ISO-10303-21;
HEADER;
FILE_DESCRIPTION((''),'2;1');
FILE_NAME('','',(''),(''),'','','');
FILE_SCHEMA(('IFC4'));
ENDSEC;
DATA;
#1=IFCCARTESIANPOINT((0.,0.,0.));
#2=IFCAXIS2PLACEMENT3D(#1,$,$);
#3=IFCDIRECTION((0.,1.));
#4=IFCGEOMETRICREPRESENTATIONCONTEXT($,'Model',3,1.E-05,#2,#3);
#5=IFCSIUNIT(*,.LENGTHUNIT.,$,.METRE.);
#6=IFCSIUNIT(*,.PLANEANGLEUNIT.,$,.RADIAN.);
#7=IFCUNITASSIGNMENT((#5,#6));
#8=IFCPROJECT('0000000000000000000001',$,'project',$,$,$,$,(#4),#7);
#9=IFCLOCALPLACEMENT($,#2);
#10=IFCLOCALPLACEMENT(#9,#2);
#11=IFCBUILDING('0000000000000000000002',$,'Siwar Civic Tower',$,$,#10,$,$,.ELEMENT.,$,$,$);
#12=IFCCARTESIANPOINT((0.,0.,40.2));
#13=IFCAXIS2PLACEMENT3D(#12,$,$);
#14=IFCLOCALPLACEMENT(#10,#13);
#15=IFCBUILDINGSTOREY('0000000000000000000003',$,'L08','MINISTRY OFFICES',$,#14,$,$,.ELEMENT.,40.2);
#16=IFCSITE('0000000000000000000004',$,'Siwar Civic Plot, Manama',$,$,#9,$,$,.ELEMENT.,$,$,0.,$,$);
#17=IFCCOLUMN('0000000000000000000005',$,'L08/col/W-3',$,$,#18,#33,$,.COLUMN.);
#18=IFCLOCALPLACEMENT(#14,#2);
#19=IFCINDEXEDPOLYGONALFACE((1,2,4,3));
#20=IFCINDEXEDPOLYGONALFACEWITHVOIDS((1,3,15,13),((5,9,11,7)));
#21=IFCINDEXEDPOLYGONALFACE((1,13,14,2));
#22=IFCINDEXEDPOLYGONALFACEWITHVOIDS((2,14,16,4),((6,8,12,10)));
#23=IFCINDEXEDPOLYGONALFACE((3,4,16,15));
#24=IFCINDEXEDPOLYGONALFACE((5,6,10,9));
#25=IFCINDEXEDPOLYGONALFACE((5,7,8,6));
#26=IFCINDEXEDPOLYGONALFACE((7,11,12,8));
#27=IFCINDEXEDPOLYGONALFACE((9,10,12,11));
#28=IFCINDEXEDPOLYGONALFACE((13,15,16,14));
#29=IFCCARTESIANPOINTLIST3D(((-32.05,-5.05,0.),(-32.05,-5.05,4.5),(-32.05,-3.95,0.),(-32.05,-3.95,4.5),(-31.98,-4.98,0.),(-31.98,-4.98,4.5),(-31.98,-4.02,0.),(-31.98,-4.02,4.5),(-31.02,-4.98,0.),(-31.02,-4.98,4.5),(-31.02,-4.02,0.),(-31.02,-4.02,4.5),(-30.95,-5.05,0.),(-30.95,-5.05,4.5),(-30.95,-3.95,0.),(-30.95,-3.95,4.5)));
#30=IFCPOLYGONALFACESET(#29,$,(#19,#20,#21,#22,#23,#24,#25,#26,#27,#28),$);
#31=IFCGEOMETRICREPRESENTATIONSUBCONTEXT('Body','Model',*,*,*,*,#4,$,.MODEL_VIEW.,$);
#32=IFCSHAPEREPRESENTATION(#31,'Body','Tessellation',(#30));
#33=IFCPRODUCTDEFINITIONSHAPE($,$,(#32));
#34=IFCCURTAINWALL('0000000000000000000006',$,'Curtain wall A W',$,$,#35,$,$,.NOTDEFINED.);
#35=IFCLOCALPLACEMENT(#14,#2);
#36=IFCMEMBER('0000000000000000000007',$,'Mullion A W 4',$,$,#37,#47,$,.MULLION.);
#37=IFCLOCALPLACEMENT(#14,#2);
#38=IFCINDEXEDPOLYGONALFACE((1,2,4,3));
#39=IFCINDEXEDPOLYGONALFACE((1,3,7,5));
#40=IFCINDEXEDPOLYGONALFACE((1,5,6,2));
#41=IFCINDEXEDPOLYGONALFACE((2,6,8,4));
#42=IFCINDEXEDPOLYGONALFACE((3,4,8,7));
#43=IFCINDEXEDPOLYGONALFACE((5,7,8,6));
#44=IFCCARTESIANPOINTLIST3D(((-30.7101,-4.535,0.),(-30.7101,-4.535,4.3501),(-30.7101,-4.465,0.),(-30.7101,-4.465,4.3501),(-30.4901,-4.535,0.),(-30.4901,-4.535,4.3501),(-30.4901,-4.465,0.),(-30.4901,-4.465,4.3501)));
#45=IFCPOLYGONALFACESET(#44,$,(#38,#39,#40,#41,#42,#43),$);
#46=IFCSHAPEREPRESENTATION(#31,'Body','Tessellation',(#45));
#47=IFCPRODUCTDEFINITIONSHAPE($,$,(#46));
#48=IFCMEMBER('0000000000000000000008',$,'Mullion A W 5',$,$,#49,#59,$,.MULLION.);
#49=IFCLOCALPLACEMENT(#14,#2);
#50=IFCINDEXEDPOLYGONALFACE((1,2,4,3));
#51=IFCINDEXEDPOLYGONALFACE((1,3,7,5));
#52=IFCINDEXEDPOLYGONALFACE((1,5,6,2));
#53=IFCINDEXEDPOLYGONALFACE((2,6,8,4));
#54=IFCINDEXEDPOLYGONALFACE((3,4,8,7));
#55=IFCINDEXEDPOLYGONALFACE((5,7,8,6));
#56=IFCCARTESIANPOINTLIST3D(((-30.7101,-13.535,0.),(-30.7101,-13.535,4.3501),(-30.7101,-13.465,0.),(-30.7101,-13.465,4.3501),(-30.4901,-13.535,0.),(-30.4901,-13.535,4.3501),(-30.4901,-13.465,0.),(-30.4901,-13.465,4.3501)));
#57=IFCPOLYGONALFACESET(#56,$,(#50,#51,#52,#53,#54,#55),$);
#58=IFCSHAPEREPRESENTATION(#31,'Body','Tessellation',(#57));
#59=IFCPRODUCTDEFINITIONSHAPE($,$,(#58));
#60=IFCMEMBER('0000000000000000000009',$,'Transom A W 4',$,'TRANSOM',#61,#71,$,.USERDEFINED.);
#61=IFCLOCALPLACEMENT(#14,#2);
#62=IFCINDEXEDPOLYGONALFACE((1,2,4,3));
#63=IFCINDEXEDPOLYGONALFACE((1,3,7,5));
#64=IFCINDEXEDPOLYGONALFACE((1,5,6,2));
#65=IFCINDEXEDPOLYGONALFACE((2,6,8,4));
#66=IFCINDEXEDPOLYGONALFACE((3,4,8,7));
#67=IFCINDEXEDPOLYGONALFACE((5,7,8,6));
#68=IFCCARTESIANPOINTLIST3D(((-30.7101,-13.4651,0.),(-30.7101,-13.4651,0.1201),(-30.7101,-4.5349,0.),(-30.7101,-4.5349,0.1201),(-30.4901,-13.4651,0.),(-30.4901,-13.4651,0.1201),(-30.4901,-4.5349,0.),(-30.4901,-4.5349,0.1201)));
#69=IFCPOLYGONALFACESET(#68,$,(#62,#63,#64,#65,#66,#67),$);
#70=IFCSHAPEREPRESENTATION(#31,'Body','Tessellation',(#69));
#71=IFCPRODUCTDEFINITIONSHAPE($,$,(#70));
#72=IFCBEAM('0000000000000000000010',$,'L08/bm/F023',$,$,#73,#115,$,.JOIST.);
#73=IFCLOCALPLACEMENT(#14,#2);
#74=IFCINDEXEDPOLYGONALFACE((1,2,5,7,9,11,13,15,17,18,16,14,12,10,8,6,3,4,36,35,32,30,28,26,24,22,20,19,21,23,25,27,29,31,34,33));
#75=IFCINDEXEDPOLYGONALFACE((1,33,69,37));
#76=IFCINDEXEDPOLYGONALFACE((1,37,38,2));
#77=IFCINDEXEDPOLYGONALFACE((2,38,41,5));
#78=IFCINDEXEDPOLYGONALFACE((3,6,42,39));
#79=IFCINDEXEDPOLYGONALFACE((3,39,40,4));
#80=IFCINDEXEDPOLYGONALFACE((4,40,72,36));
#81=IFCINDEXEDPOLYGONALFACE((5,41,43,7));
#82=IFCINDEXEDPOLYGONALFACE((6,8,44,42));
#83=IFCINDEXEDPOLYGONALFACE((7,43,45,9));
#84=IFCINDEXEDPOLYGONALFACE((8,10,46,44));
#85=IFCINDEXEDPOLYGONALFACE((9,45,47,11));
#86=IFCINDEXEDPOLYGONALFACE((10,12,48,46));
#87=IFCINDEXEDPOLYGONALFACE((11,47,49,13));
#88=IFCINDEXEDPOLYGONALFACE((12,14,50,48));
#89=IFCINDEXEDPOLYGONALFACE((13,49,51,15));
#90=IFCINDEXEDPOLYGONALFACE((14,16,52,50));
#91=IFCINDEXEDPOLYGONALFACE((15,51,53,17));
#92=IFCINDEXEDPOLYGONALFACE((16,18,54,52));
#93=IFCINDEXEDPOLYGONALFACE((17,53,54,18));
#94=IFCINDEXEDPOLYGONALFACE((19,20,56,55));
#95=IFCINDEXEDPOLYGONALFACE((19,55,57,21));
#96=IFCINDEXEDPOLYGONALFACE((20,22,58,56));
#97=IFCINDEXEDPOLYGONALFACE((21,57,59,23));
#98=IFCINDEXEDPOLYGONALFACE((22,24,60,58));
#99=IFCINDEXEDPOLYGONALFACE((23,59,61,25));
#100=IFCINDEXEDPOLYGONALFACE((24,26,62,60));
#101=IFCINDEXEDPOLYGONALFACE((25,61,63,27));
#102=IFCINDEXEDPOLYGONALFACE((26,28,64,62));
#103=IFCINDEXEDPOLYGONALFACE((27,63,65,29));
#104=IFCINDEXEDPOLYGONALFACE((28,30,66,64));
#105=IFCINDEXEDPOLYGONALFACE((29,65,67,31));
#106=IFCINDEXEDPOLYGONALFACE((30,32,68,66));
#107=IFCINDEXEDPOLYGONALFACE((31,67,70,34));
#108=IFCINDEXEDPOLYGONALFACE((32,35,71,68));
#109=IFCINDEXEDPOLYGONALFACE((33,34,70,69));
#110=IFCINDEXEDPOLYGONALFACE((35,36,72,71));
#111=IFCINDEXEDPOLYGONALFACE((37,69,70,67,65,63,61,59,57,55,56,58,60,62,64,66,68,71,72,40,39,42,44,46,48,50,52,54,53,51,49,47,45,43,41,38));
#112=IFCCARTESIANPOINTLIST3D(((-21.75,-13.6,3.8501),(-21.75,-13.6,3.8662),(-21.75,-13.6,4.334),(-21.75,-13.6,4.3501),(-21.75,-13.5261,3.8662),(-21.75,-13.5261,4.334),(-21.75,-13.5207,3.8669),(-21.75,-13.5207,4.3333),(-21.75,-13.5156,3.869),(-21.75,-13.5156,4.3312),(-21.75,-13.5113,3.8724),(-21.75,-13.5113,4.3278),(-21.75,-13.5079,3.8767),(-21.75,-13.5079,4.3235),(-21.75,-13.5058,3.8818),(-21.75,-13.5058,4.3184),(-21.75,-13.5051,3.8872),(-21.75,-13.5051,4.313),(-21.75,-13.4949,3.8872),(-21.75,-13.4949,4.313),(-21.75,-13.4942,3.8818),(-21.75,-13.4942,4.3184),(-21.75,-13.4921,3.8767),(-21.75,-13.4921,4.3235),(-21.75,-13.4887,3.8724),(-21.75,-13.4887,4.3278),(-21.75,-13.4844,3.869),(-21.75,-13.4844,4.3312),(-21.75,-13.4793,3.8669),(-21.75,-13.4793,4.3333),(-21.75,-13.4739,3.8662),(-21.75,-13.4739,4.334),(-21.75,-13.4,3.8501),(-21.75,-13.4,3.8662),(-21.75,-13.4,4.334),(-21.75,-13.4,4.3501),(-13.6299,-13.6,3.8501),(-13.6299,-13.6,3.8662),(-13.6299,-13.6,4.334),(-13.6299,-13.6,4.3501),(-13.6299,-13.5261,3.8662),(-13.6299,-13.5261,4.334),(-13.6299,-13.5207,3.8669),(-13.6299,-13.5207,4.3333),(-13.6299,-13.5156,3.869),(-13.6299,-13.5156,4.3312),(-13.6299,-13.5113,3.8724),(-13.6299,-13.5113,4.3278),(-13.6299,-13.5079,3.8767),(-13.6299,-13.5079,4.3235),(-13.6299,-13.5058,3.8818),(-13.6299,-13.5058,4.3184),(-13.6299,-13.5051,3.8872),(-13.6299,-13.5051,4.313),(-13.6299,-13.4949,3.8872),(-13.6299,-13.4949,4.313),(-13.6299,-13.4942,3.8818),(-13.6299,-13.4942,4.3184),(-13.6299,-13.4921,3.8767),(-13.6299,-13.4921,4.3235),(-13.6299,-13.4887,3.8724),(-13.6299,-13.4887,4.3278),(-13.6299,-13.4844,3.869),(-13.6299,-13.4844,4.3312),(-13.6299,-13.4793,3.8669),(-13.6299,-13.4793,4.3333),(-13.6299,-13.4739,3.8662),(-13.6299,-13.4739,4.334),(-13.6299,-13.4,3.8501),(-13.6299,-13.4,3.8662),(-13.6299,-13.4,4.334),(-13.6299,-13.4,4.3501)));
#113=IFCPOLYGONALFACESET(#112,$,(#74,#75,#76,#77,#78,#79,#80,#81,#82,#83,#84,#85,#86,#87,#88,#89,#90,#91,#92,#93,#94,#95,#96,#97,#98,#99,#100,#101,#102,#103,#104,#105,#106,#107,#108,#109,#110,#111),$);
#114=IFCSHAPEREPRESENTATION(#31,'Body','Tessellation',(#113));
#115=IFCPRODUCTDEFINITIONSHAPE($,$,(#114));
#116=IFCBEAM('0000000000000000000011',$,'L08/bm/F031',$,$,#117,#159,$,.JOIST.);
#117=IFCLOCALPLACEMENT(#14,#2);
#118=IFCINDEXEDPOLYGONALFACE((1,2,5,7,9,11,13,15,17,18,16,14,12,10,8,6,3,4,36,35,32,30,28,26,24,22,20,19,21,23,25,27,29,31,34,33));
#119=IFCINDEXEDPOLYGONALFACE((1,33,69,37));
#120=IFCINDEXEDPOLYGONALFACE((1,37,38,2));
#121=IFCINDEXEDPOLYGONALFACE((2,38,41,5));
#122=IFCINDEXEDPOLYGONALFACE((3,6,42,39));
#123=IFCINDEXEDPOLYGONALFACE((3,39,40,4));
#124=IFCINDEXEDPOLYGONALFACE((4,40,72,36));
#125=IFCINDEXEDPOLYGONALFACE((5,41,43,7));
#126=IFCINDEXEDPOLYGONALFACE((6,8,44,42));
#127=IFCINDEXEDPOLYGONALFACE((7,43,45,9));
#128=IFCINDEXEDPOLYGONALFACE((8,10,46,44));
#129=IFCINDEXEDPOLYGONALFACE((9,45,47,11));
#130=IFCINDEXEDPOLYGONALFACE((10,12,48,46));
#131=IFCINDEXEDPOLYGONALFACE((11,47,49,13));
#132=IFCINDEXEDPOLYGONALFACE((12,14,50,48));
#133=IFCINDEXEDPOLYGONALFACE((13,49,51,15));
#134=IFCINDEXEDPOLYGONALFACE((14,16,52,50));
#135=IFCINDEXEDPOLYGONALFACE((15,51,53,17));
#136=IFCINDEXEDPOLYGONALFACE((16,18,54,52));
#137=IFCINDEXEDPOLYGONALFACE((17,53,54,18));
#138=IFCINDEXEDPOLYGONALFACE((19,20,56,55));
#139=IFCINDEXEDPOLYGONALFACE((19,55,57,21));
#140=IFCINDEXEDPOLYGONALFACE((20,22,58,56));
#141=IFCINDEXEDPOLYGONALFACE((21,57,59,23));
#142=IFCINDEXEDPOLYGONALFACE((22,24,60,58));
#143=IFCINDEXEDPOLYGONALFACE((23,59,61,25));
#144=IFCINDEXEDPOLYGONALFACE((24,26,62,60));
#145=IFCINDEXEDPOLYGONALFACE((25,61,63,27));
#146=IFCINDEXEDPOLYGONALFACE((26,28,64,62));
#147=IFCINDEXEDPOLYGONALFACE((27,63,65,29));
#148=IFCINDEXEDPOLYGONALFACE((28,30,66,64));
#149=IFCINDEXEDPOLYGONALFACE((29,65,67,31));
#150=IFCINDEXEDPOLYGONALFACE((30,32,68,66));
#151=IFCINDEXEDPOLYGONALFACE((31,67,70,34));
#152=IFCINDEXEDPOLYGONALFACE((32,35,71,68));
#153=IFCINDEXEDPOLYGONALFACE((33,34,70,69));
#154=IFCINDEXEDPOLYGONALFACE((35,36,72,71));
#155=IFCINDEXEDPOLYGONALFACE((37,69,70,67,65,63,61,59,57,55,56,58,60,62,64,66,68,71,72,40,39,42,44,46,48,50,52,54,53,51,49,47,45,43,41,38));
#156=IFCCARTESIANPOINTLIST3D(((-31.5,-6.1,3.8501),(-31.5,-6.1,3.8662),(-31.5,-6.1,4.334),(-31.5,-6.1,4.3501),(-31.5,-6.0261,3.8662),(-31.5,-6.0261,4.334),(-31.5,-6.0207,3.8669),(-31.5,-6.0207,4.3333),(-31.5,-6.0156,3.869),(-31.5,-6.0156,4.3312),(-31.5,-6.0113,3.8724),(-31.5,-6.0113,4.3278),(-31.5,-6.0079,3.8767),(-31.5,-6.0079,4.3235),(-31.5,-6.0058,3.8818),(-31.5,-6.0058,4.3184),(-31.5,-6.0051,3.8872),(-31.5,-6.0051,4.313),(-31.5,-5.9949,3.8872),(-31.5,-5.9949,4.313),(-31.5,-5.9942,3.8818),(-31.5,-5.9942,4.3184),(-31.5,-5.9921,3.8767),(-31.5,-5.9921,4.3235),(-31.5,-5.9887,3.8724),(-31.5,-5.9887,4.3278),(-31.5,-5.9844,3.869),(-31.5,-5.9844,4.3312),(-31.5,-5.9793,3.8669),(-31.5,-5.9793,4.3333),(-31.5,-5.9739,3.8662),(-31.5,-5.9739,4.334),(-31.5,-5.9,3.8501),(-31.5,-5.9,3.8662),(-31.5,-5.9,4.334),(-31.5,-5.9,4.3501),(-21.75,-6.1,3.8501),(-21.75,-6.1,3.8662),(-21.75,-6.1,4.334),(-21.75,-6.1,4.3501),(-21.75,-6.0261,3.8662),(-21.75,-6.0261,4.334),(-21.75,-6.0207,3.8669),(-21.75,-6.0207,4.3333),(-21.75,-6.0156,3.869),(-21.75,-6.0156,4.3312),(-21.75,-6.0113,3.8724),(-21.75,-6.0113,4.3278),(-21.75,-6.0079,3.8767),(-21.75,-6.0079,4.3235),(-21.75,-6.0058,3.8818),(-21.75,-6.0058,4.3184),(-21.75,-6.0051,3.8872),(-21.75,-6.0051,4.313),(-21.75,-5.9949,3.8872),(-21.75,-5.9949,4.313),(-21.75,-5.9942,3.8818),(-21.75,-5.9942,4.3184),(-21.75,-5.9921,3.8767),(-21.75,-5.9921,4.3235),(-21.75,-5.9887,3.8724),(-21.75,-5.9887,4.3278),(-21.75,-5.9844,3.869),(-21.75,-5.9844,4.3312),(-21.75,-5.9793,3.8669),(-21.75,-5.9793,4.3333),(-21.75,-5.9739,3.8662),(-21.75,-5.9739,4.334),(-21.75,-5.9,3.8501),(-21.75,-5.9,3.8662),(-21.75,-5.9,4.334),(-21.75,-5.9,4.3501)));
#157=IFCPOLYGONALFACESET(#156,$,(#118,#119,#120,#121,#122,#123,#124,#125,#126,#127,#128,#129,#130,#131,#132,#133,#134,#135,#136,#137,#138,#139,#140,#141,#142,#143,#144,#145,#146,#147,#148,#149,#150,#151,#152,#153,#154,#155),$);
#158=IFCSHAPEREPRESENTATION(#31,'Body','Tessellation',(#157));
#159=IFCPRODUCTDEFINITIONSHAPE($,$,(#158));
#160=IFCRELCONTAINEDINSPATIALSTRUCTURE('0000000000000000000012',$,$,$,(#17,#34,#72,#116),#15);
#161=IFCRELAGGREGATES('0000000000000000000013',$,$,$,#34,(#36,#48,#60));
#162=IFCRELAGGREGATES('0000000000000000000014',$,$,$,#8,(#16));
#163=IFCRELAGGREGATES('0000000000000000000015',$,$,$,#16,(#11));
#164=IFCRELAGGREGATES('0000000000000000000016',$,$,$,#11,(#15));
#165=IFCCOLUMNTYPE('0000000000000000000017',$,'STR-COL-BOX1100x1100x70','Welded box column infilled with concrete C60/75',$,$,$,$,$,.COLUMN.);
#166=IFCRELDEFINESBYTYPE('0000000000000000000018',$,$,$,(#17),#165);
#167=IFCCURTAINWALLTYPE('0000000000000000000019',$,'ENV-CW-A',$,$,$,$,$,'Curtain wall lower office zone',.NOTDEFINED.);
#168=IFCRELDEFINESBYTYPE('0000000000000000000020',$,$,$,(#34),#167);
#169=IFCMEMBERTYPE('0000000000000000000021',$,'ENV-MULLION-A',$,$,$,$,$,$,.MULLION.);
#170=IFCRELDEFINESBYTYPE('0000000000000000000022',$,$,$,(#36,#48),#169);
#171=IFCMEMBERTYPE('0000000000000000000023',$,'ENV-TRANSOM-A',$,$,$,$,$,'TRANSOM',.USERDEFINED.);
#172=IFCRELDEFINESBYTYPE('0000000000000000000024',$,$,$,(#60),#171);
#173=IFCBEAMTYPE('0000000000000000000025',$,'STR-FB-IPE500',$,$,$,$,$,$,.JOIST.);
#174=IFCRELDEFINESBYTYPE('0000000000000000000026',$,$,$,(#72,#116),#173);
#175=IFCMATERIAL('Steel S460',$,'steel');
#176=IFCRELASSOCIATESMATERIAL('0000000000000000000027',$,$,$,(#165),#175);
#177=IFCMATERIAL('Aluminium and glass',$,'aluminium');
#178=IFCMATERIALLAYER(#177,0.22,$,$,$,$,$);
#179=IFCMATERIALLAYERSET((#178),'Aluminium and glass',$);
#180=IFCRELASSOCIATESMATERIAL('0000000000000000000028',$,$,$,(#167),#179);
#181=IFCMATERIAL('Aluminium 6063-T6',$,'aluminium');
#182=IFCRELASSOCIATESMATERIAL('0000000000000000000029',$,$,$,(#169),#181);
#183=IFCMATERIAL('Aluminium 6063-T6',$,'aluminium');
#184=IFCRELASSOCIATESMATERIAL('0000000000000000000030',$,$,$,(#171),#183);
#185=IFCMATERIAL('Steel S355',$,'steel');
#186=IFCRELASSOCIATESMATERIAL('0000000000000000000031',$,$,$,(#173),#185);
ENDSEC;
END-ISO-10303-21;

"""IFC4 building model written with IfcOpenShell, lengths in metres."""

from ifc_helpers import new_model, si_unit, direction, frame, origin, origin_2d, place, context, subcontext, project, spatial, rectangle, hollow_rectangle, i_section, extrude, material, layer, layer_set, material_profile, profile_set, type_object, element, aggregate, save


model = new_model("IFC4")

# Units and contexts
model_context = context("Model", 3, precision=1e-05, world=origin(), true_north=direction((0.0, 1.0)))
body_context = subcontext(model_context, "Body", "Model", "MODEL_VIEW")
ifc_project = project(units=[si_unit("LENGTHUNIT", "METRE"), si_unit("PLANEANGLEUNIT", "RADIAN")], contexts=[model_context])

# Site, building, storey
site_placement = place(None, origin())
site = spatial("IfcSite", under=ifc_project, at=site_placement, Name="Siwar Civic Plot, Manama", CompositionType="ELEMENT", RefElevation=0.0)
building_placement = place(site_placement, origin())
building = spatial("IfcBuilding", under=site, at=building_placement, Name="Siwar Civic Tower", CompositionType="ELEMENT")
storey_placement = place(building_placement, frame((0.0, 0.0, 40.2)))
storey = spatial("IfcBuildingStorey", under=building, at=storey_placement, Name="L08", Description="MINISTRY OFFICES", CompositionType="ELEMENT", Elevation=40.2)

# Column
ifc_material_1 = material(Name="Steel S460", Category="steel")
ifc_material_profile_1 = material_profile(ifc_material_1, hollow_rectangle(XDim=1.1001, YDim=1.1001, WallThickness=0.0701, at=origin_2d()), Name="BOX1100x1100x70")
ifc_profile_set_1 = profile_set([ifc_material_profile_1], Name="Steel S460")
column_type = type_object("IfcColumnType", Name="STR-COL-BOX1100x1100x70", Description="Welded box column infilled with concrete C60/75", PredefinedType="COLUMN", material=ifc_profile_set_1)
column_placement = place(storey_placement, frame((-31.5, -4.5, 0.0), z_axis=(0.0, 0.0, 1.0), x_axis=(1.0, 0.0, 0.0)))
element("IfcColumn", 1, at=column_placement, inside=storey, type_object=column_type, Name="L08/col/W-3", PredefinedType="COLUMN", context=body_context, shape_type="SweptSolid", body=[
    extrude(hollow_rectangle(XDim=1.1001, YDim=1.1001, WallThickness=0.0701, at=origin_2d()), origin(), (0.0, 0.0, 1.0), 4.5),
])

# Curtain wall, members
ifc_material_2 = material(Name="Aluminium and glass", Category="aluminium")
ifc_layer_1 = layer(ifc_material_2, 0.22)
ifc_layer_set_1 = layer_set([ifc_layer_1], Name="Aluminium and glass")
curtain_wall_type = type_object("IfcCurtainWallType", Name="ENV-CW-A", ElementType="Curtain wall lower office zone", PredefinedType="NOTDEFINED", material=ifc_layer_set_1)
curtain_wall_placement = place(storey_placement, origin())
curtain_wall = element("IfcCurtainWall", 2, at=curtain_wall_placement, inside=storey, type_object=curtain_wall_type, Name="Curtain wall A W", PredefinedType="NOTDEFINED")
ifc_material_3 = material(Name="Aluminium 6063-T6", Category="aluminium")
ifc_material_profile_2 = material_profile(ifc_material_3, rectangle(XDim=0.22, YDim=0.0701, at=origin_2d()), Name="AL 220x70")
ifc_profile_set_2 = profile_set([ifc_material_profile_2], Name="Aluminium 6063-T6")
member_type_1 = type_object("IfcMemberType", Name="ENV-MULLION-A", PredefinedType="MULLION", material=ifc_profile_set_2)
member_1_placement = place(storey_placement, frame((-30.6001, -4.5, 0.0), z_axis=(0.0, 0.0, 1.0), x_axis=(1.0, 0.0, 0.0)))
member_1 = element("IfcMember", 3, at=member_1_placement, type_object=member_type_1, Name="Mullion A W 4", PredefinedType="MULLION", context=body_context, shape_type="SweptSolid", body=[
    extrude(rectangle(XDim=0.22, YDim=0.0701, at=origin_2d()), origin(), (0.0, 0.0, 1.0), 4.3501),
])
member_2_placement = place(storey_placement, frame((-30.6001, -13.5, 0.0), z_axis=(0.0, 0.0, 1.0), x_axis=(1.0, 0.0, 0.0)))
member_2 = element("IfcMember", 4, at=member_2_placement, type_object=member_type_1, Name="Mullion A W 5", PredefinedType="MULLION", context=body_context, shape_type="SweptSolid", body=[
    extrude(rectangle(XDim=0.22, YDim=0.0701, at=origin_2d()), origin(), (0.0, 0.0, 1.0), 4.3501),
])
ifc_material_4 = material(Name="Aluminium 6063-T6", Category="aluminium")
ifc_material_profile_3 = material_profile(ifc_material_4, rectangle(XDim=0.22, YDim=0.1201, at=origin_2d()), Name="AL 220x120")
ifc_profile_set_3 = profile_set([ifc_material_profile_3], Name="Aluminium 6063-T6")
member_type_2 = type_object("IfcMemberType", Name="ENV-TRANSOM-A", ElementType="TRANSOM", PredefinedType="USERDEFINED", material=ifc_profile_set_3)
member_3_placement = place(storey_placement, frame((-30.6001, -4.5349, 0.0601), z_axis=(0.0, -1.0, 0.0), x_axis=(1.0, 0.0, 0.0)))
member_3 = element("IfcMember", 5, at=member_3_placement, type_object=member_type_2, Name="Transom A W 4", ObjectType="TRANSOM", PredefinedType="USERDEFINED", context=body_context, shape_type="SweptSolid", body=[
    extrude(rectangle(XDim=0.22, YDim=0.1201, at=origin_2d()), origin(), (0.0, 0.0, 1.0), 8.9302),
])

# Beams
ifc_material_5 = material(Name="Steel S355", Category="steel")
ifc_material_profile_4 = material_profile(ifc_material_5, i_section(OverallWidth=0.2, OverallDepth=0.5, WebThickness=0.0103, FlangeThickness=0.0161, FilletRadius=0.021, at=origin_2d()), Name="IPE500")
ifc_profile_set_4 = profile_set([ifc_material_profile_4], Name="Steel S355")
beam_type_1 = type_object("IfcBeamType", Name="STR-FB-IPE500", PredefinedType="JOIST", material=ifc_profile_set_4)
beam_1_placement = place(storey_placement, frame((-21.75, -13.5, 4.1001), z_axis=(1.0, 0.0, 0.0), x_axis=(0.0, 1.0, 0.0)))
element("IfcBeam", 6, at=beam_1_placement, inside=storey, type_object=beam_type_1, Name="L08/bm/F023", PredefinedType="JOIST", context=body_context, shape_type="SweptSolid", body=[
    extrude(i_section(OverallWidth=0.2, OverallDepth=0.5, WebThickness=0.0103, FlangeThickness=0.0161, FilletRadius=0.021, at=origin_2d()), origin(), (0.0, 0.0, 1.0), 8.1201),
])
beam_2_placement = place(storey_placement, frame((-31.5, -6.0, 4.1001), z_axis=(1.0, 0.0, 0.0), x_axis=(0.0, 1.0, 0.0)))
element("IfcBeam", 7, at=beam_2_placement, inside=storey, type_object=beam_type_1, Name="L08/bm/F031", PredefinedType="JOIST", context=body_context, shape_type="SweptSolid", body=[
    extrude(i_section(OverallWidth=0.2, OverallDepth=0.5, WebThickness=0.0103, FlangeThickness=0.0161, FilletRadius=0.021, at=origin_2d()), origin(), (0.0, 0.0, 1.0), 9.75),
])

aggregate(curtain_wall, [member_1, member_2, member_3])

save(model, "model.ifc")
